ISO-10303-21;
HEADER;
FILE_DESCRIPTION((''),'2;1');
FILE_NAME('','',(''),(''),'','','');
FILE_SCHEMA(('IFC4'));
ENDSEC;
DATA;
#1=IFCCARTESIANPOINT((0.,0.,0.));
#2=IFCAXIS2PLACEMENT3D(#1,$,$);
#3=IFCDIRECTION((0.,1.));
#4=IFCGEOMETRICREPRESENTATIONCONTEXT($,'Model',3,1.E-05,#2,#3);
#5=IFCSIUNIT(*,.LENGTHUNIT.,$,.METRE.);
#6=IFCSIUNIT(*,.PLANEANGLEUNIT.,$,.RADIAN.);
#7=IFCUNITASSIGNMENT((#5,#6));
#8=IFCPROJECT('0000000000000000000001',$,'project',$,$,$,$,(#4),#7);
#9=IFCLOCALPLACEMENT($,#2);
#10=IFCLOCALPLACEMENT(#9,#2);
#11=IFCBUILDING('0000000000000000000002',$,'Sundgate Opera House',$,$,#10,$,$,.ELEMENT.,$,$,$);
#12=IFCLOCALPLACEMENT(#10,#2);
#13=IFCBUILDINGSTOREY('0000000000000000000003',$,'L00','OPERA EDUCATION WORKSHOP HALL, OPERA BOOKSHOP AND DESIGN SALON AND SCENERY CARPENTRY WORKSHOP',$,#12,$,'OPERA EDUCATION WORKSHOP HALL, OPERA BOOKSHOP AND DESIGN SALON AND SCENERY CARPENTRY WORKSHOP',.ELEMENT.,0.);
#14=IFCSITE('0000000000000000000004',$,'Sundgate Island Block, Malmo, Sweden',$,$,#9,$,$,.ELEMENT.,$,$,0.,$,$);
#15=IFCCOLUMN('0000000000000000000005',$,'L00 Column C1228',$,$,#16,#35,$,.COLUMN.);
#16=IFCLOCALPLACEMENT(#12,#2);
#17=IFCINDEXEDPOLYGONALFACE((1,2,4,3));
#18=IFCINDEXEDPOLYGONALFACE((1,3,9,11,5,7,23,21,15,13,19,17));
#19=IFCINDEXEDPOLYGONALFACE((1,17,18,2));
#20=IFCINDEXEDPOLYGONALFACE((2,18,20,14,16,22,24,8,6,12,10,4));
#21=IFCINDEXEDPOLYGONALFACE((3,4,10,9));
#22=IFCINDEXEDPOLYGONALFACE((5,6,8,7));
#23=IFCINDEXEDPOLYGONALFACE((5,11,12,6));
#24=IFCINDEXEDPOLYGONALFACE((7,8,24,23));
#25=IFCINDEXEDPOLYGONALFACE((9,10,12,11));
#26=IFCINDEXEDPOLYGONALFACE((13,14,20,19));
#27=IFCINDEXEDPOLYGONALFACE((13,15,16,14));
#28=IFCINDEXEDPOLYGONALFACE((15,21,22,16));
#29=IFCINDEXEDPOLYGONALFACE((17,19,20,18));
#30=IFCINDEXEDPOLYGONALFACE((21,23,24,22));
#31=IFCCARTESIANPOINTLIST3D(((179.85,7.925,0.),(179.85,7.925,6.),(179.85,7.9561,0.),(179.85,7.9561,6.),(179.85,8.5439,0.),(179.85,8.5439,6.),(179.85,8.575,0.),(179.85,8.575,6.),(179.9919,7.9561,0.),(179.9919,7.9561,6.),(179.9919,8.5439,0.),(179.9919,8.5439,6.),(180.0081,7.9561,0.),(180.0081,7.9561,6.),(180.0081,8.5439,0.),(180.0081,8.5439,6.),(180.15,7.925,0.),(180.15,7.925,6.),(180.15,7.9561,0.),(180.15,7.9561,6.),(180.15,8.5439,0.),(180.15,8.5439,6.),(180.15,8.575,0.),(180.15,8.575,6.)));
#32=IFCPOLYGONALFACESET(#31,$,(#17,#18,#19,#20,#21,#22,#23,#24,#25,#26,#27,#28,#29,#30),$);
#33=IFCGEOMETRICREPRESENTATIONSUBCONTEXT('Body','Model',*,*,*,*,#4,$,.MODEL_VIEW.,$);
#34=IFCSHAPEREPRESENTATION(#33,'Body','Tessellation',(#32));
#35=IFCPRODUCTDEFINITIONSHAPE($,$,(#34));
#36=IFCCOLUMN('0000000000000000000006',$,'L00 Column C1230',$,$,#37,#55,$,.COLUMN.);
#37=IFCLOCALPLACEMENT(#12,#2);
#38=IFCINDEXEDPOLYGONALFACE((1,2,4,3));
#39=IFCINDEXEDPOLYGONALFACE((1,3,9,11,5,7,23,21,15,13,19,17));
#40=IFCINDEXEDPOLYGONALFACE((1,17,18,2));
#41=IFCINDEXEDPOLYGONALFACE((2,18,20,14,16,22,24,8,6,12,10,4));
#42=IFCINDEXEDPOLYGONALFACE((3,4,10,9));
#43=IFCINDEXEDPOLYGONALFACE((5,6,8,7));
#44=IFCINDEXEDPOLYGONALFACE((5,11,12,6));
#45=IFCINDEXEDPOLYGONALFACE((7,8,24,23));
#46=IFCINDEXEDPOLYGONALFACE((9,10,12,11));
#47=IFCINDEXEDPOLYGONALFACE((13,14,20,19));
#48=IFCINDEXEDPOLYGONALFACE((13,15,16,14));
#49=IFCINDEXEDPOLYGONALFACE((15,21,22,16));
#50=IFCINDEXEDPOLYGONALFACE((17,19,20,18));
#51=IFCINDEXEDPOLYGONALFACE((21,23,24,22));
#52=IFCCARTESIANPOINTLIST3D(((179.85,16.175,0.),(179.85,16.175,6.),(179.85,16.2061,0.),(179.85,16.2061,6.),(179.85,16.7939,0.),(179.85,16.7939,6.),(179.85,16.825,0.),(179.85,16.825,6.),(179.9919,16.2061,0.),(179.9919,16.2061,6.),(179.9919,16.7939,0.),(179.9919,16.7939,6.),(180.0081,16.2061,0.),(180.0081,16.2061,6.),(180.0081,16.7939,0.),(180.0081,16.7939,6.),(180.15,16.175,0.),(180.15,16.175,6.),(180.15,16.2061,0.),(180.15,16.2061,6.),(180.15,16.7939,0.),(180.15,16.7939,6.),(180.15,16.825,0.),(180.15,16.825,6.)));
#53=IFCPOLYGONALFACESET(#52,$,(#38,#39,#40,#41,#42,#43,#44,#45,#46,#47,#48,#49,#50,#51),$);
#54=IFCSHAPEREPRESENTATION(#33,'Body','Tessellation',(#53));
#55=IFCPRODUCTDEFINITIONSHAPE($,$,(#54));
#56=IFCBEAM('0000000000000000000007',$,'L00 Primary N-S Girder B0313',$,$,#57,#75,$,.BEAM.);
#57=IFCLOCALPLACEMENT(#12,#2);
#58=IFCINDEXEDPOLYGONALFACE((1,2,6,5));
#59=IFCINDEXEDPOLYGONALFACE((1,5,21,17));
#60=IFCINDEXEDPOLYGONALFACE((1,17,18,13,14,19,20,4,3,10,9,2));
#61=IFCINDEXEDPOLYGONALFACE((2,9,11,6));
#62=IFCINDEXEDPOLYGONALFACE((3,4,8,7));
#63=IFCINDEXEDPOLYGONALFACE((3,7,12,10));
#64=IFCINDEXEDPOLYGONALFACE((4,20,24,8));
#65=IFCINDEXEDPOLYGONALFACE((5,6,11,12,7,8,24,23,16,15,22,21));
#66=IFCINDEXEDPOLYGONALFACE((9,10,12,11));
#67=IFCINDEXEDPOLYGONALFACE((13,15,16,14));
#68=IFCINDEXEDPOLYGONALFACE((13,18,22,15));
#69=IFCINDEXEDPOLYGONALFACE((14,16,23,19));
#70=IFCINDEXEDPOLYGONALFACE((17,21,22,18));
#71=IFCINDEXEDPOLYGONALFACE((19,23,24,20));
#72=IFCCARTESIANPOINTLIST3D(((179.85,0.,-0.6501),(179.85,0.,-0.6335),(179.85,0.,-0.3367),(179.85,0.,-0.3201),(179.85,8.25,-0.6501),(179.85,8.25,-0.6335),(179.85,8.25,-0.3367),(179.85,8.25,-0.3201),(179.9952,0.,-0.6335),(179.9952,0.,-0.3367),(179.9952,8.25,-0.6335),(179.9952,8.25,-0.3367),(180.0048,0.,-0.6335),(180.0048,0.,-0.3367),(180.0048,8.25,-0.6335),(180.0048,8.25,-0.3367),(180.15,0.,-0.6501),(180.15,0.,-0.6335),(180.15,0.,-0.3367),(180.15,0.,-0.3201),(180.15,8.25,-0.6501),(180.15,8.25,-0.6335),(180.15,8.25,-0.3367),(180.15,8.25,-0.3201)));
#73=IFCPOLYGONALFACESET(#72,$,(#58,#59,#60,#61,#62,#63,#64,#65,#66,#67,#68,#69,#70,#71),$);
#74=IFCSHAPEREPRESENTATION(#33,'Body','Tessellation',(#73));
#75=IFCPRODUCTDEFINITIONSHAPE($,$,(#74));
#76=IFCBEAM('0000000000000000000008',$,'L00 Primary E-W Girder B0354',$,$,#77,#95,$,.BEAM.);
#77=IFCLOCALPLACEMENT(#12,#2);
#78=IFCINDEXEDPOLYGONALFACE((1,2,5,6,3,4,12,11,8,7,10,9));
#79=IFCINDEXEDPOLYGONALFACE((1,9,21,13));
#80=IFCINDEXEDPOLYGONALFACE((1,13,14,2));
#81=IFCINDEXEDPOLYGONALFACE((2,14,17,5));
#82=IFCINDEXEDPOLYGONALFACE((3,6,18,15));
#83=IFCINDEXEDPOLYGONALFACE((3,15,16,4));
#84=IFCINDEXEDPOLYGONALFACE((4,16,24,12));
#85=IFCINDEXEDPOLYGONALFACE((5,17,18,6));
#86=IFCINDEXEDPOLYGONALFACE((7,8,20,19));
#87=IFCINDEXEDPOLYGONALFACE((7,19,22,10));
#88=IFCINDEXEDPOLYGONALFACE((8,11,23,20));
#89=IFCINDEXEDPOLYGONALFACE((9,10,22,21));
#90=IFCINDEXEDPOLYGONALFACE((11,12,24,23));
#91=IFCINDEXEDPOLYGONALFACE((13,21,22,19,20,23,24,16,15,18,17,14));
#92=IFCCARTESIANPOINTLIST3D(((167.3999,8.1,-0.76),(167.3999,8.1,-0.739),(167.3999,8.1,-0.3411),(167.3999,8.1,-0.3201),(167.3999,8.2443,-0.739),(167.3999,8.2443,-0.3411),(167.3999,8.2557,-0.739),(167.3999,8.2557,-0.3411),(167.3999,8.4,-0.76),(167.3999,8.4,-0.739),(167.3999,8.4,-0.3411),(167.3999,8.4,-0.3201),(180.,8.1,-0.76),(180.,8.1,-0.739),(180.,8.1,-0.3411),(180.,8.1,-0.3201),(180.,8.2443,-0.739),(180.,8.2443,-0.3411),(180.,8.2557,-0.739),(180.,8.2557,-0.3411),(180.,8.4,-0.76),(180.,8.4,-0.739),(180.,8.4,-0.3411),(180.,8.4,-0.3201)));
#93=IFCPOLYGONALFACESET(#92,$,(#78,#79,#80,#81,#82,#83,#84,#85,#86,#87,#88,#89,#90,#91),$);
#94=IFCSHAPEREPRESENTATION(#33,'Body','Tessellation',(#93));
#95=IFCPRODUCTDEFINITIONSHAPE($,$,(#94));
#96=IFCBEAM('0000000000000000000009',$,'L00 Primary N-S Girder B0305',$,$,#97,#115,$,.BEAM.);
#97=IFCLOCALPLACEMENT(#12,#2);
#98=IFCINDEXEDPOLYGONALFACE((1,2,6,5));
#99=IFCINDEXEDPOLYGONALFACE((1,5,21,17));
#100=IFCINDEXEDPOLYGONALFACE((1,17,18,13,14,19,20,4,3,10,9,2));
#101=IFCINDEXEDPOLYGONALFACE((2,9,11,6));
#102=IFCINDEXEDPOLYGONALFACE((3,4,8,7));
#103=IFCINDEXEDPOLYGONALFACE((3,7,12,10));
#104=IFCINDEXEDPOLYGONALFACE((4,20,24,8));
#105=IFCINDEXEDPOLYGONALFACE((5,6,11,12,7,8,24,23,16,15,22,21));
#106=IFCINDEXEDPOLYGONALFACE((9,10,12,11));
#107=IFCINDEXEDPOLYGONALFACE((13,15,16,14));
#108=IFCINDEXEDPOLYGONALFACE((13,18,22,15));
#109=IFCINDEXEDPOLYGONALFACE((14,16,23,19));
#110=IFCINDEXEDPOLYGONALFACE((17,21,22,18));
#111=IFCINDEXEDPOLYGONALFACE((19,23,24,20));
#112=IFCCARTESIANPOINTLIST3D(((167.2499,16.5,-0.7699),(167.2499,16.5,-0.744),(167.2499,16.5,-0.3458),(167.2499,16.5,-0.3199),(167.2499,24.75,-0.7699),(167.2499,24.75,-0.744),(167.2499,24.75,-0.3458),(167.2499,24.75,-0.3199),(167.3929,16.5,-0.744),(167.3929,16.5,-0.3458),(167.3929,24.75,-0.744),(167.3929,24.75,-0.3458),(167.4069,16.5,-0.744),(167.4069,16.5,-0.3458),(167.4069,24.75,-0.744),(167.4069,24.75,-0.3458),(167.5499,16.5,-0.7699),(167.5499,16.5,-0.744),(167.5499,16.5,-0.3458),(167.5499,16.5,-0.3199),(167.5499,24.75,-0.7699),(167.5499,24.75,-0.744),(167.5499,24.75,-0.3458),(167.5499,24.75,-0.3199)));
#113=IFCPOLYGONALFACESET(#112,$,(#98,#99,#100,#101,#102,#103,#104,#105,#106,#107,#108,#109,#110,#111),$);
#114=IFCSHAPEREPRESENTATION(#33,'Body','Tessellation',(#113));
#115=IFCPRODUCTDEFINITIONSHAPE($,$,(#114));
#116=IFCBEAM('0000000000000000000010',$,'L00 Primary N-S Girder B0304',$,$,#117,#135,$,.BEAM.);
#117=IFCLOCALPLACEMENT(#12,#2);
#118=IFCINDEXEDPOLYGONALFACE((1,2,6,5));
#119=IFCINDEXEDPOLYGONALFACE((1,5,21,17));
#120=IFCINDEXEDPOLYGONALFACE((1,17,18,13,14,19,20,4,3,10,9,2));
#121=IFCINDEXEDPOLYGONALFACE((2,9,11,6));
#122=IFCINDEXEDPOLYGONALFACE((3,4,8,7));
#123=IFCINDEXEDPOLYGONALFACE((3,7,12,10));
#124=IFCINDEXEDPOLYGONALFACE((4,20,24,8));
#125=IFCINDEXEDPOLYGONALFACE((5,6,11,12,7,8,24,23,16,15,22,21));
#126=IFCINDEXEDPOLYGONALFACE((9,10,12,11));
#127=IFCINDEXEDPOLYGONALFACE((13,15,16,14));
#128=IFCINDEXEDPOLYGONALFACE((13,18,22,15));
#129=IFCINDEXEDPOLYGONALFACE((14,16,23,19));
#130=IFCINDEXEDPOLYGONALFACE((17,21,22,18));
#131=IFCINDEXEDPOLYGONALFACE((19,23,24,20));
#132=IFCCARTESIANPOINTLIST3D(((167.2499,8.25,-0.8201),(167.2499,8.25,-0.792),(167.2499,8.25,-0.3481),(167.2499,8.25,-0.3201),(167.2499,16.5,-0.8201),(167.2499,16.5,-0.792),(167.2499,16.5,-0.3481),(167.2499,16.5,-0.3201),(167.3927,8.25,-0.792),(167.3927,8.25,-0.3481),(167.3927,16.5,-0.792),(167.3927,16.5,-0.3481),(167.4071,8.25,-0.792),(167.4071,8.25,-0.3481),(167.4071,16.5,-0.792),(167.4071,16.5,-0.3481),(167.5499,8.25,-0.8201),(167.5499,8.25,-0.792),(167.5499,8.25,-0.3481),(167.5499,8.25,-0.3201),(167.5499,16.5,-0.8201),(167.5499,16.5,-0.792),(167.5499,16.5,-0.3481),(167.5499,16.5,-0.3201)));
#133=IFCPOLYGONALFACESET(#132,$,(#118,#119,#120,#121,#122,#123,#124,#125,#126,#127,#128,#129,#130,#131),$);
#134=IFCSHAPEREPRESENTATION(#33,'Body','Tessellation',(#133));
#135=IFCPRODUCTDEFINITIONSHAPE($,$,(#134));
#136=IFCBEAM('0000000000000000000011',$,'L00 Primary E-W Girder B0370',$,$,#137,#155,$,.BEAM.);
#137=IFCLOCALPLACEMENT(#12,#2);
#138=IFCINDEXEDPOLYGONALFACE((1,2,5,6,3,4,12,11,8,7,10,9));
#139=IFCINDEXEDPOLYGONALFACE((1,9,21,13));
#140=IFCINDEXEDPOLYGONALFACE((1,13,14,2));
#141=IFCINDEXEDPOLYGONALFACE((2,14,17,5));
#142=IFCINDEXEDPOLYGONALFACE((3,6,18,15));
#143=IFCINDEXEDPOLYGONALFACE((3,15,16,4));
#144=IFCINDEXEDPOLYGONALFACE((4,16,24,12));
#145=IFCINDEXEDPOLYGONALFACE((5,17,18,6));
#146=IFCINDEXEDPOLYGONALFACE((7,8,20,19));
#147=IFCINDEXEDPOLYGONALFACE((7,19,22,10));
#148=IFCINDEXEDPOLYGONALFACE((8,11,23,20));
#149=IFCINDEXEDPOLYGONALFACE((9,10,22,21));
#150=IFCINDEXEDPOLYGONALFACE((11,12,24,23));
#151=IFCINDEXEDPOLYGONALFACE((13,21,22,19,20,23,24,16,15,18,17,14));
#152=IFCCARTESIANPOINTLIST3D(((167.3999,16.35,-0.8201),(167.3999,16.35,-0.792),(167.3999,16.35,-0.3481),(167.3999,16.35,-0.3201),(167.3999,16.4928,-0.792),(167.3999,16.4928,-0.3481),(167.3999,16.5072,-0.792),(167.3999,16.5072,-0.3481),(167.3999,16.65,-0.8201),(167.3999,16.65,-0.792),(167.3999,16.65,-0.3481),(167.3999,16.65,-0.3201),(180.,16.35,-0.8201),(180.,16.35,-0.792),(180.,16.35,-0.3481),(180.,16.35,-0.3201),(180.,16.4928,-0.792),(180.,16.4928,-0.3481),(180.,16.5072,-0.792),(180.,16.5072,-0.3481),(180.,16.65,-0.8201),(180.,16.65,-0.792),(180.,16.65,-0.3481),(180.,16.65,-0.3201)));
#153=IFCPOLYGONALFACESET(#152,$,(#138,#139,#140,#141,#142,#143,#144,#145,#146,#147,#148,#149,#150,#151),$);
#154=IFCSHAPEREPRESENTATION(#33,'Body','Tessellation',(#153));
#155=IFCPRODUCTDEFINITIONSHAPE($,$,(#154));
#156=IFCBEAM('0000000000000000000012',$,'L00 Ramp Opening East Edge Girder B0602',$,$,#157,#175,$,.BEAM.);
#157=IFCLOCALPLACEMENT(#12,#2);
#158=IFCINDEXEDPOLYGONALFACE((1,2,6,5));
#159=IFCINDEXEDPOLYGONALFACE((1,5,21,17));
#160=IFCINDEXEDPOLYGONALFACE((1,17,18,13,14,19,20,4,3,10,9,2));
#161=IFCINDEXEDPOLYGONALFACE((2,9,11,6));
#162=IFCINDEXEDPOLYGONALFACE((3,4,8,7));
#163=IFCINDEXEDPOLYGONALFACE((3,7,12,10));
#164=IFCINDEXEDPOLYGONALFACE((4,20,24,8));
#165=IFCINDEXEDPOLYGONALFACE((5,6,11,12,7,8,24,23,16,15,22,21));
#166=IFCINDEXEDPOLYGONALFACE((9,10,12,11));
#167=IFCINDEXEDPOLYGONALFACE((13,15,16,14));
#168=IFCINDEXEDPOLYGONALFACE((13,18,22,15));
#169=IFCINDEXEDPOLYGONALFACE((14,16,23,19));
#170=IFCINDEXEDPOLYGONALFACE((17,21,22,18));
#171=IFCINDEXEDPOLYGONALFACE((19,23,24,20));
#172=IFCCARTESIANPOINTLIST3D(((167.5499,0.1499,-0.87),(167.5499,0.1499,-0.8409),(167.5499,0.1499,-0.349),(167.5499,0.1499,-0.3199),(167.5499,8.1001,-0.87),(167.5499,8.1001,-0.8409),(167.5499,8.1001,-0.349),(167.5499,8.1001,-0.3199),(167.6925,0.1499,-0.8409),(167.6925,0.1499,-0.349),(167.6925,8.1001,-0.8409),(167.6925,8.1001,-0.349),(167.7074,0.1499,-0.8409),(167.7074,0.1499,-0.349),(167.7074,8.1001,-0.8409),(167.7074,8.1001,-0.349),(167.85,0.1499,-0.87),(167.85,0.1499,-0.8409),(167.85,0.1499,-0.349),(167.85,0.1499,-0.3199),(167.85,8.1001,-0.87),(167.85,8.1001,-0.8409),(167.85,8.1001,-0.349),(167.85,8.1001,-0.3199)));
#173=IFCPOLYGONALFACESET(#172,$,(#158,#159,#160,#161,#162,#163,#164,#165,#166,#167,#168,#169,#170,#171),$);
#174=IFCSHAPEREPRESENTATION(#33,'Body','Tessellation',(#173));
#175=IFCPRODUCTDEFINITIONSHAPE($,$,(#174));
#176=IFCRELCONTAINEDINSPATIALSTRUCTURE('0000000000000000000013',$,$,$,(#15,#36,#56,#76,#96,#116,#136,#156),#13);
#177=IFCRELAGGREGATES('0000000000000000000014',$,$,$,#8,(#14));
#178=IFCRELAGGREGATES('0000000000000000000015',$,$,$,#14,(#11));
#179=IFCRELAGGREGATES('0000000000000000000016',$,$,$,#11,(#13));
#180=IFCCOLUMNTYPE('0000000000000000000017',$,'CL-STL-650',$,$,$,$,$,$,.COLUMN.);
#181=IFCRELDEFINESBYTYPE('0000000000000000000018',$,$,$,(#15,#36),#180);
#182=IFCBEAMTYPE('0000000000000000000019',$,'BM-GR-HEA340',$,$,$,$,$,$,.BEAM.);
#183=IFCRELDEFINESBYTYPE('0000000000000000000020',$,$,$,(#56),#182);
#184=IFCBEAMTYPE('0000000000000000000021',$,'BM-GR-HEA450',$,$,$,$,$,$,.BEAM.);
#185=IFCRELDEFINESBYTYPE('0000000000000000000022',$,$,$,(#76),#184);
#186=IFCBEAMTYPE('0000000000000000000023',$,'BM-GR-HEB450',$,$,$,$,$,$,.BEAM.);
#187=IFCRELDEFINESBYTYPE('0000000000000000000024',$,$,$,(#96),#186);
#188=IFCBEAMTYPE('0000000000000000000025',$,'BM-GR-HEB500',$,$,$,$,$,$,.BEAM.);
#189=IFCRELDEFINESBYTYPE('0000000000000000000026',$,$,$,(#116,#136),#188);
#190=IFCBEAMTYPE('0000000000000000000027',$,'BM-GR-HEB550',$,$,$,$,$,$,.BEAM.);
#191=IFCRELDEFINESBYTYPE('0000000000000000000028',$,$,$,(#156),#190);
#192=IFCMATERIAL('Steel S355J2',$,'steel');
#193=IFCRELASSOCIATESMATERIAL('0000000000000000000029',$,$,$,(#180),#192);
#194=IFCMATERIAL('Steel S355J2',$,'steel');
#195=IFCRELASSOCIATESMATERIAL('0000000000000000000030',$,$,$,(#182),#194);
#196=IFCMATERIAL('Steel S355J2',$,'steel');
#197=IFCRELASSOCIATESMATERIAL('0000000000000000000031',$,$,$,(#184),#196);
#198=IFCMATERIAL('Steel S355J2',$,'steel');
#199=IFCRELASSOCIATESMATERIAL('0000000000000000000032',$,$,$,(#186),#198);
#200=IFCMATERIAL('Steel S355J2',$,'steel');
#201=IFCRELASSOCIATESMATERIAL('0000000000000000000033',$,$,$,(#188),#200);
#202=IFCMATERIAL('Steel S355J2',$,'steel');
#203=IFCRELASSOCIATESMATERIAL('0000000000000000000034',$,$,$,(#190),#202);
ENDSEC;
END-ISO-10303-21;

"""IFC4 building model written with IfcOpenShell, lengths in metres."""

from ifc_helpers import new_model, si_unit, direction, frame, origin, origin_2d, place, context, subcontext, project, spatial, i_section, extrude, material, material_profile, profile_set, type_object, element, save


model = new_model("IFC4")

# Units and contexts
model_context = context("Model", 3, precision=1e-05, world=origin(), true_north=direction((0.0, 1.0)))
body_context = subcontext(model_context, "Body", "Model", "MODEL_VIEW")
ifc_project = project(units=[si_unit("LENGTHUNIT", "METRE"), si_unit("PLANEANGLEUNIT", "RADIAN")], contexts=[model_context])

# Site, building, storey
site_placement = place(None, origin())
site = spatial("IfcSite", under=ifc_project, at=site_placement, Name="Sundgate Island Block, Malmo, Sweden", CompositionType="ELEMENT", RefElevation=0.0)
building_placement = place(site_placement, origin())
building = spatial("IfcBuilding", under=site, at=building_placement, Name="Sundgate Opera House", CompositionType="ELEMENT")
storey_placement = place(building_placement, origin())
storey = spatial("IfcBuildingStorey", under=building, at=storey_placement, Name="L00", Description="OPERA EDUCATION WORKSHOP HALL, OPERA BOOKSHOP AND DESIGN SALON AND SCENERY CARPENTRY WORKSHOP", LongName="OPERA EDUCATION WORKSHOP HALL, OPERA BOOKSHOP AND DESIGN SALON AND SCENERY CARPENTRY WORKSHOP", CompositionType="ELEMENT", Elevation=0.0)

# Columns
ifc_material_1 = material(Name="Steel S355J2", Category="steel")
ifc_material_profile_1 = material_profile(ifc_material_1, i_section(OverallWidth=0.3, OverallDepth=0.6499, WebThickness=0.0161, FlangeThickness=0.031, at=origin_2d()), Name="HEB 650")
ifc_profile_set_1 = profile_set([ifc_material_profile_1], Name="Steel S355J2")
column_type = type_object("IfcColumnType", Name="CL-STL-650", PredefinedType="COLUMN", material=ifc_profile_set_1)
for number, where, z_axis, x_axis, name in (
    (1, (180.0, 8.25, 0.0), (0.0, 0.0, 1.0), (1.0, 0.0, 0.0), "L00 Column C1228"),
    (2, (180.0, 16.5, 0.0), (0.0, 0.0, 1.0), (1.0, 0.0, 0.0), "L00 Column C1230"),
):
    element("IfcColumn", number, at=place(storey_placement, frame(where, z_axis=z_axis, x_axis=x_axis)), inside=storey, type_object=column_type, Name=name, PredefinedType="COLUMN", context=body_context, shape_type="SweptSolid", body=[
        extrude(i_section(OverallWidth=0.3, OverallDepth=0.6499, WebThickness=0.0161, FlangeThickness=0.031, at=origin_2d()), origin(), (0.0, 0.0, 1.0), 6.0),
    ])

# Beams
ifc_material_2 = material(Name="Steel S355J2", Category="steel")
ifc_material_profile_2 = material_profile(ifc_material_2, i_section(OverallWidth=0.3, OverallDepth=0.3301, WebThickness=0.0095, FlangeThickness=0.0166, at=origin_2d()), Name="HEA 340")
ifc_profile_set_2 = profile_set([ifc_material_profile_2], Name="Steel S355J2")
beam_type_1 = type_object("IfcBeamType", Name="BM-GR-HEA340", PredefinedType="BEAM", material=ifc_profile_set_2)
beam_1_placement = place(storey_placement, frame((180.0, 0.0, -0.4851), z_axis=(0.0, 1.0, 0.0), x_axis=(-1.0, 0.0, 0.0)))
element("IfcBeam", 3, at=beam_1_placement, inside=storey, type_object=beam_type_1, Name="L00 Primary N-S Girder B0313", PredefinedType="BEAM", context=body_context, shape_type="SweptSolid", body=[
    extrude(i_section(OverallWidth=0.3, OverallDepth=0.3301, WebThickness=0.0095, FlangeThickness=0.0166, at=origin_2d()), origin(), (0.0, 0.0, 1.0), 8.25),
])
ifc_material_3 = material(Name="Steel S355J2", Category="steel")
ifc_material_profile_3 = material_profile(ifc_material_3, i_section(OverallWidth=0.3, OverallDepth=0.4399, WebThickness=0.0115, FlangeThickness=0.021, at=origin_2d()), Name="HEA 450")
ifc_profile_set_3 = profile_set([ifc_material_profile_3], Name="Steel S355J2")
beam_type_2 = type_object("IfcBeamType", Name="BM-GR-HEA450", PredefinedType="BEAM", material=ifc_profile_set_3)
beam_2_placement = place(storey_placement, frame((167.3999, 8.25, -0.54), z_axis=(1.0, 0.0, 0.0), x_axis=(0.0, 1.0, 0.0)))
element("IfcBeam", 4, at=beam_2_placement, inside=storey, type_object=beam_type_2, Name="L00 Primary E-W Girder B0354", PredefinedType="BEAM", context=body_context, shape_type="SweptSolid", body=[
    extrude(i_section(OverallWidth=0.3, OverallDepth=0.4399, WebThickness=0.0115, FlangeThickness=0.021, at=origin_2d()), origin(), (0.0, 0.0, 1.0), 12.6001),
])
ifc_material_4 = material(Name="Steel S355J2", Category="steel")
ifc_material_profile_4 = material_profile(ifc_material_4, i_section(OverallWidth=0.3, OverallDepth=0.45, WebThickness=0.0139, FlangeThickness=0.0259, at=origin_2d()), Name="HEB 450")
ifc_profile_set_4 = profile_set([ifc_material_profile_4], Name="Steel S355J2")
beam_type_3 = type_object("IfcBeamType", Name="BM-GR-HEB450", PredefinedType="BEAM", material=ifc_profile_set_4)
beam_3_placement = place(storey_placement, frame((167.3999, 16.5, -0.5449), z_axis=(0.0, 1.0, 0.0), x_axis=(-1.0, 0.0, 0.0)))
element("IfcBeam", 5, at=beam_3_placement, inside=storey, type_object=beam_type_3, Name="L00 Primary N-S Girder B0305", PredefinedType="BEAM", context=body_context, shape_type="SweptSolid", body=[
    extrude(i_section(OverallWidth=0.3, OverallDepth=0.45, WebThickness=0.0139, FlangeThickness=0.0259, at=origin_2d()), origin(), (0.0, 0.0, 1.0), 8.25),
])
ifc_material_5 = material(Name="Steel S355J2", Category="steel")
ifc_material_profile_5 = material_profile(ifc_material_5, i_section(OverallWidth=0.3, OverallDepth=0.5, WebThickness=0.0144, FlangeThickness=0.0281, at=origin_2d()), Name="HEB 500")
ifc_profile_set_5 = profile_set([ifc_material_profile_5], Name="Steel S355J2")
beam_type_4 = type_object("IfcBeamType", Name="BM-GR-HEB500", PredefinedType="BEAM", material=ifc_profile_set_5)
beam_4_placement = place(storey_placement, frame((167.3999, 8.25, -0.5701), z_axis=(0.0, 1.0, 0.0), x_axis=(-1.0, 0.0, 0.0)))
element("IfcBeam", 6, at=beam_4_placement, inside=storey, type_object=beam_type_4, Name="L00 Primary N-S Girder B0304", PredefinedType="BEAM", context=body_context, shape_type="SweptSolid", body=[
    extrude(i_section(OverallWidth=0.3, OverallDepth=0.5, WebThickness=0.0144, FlangeThickness=0.0281, at=origin_2d()), origin(), (0.0, 0.0, 1.0), 8.25),
])
beam_5_placement = place(storey_placement, frame((167.3999, 16.5, -0.5701), z_axis=(1.0, 0.0, 0.0), x_axis=(0.0, 1.0, 0.0)))
element("IfcBeam", 7, at=beam_5_placement, inside=storey, type_object=beam_type_4, Name="L00 Primary E-W Girder B0370", PredefinedType="BEAM", context=body_context, shape_type="SweptSolid", body=[
    extrude(i_section(OverallWidth=0.3, OverallDepth=0.5, WebThickness=0.0144, FlangeThickness=0.0281, at=origin_2d()), origin(), (0.0, 0.0, 1.0), 12.6001),
])
ifc_material_6 = material(Name="Steel S355J2", Category="steel")
ifc_material_profile_6 = material_profile(ifc_material_6, i_section(OverallWidth=0.3, OverallDepth=0.55, WebThickness=0.0149, FlangeThickness=0.0291, at=origin_2d()), Name="HEB 550")
ifc_profile_set_6 = profile_set([ifc_material_profile_6], Name="Steel S355J2")
beam_type_5 = type_object("IfcBeamType", Name="BM-GR-HEB550", PredefinedType="BEAM", material=ifc_profile_set_6)
beam_6_placement = place(storey_placement, frame((167.7, 0.1499, -0.595), z_axis=(0.0, 1.0, 0.0), x_axis=(-1.0, 0.0, 0.0)))
element("IfcBeam", 8, at=beam_6_placement, inside=storey, type_object=beam_type_5, Name="L00 Ramp Opening East Edge Girder B0602", PredefinedType="BEAM", context=body_context, shape_type="SweptSolid", body=[
    extrude(i_section(OverallWidth=0.3, OverallDepth=0.55, WebThickness=0.0149, FlangeThickness=0.0291, at=origin_2d()), origin(), (0.0, 0.0, 1.0), 7.9502),
])

save(model, "model.ifc")
